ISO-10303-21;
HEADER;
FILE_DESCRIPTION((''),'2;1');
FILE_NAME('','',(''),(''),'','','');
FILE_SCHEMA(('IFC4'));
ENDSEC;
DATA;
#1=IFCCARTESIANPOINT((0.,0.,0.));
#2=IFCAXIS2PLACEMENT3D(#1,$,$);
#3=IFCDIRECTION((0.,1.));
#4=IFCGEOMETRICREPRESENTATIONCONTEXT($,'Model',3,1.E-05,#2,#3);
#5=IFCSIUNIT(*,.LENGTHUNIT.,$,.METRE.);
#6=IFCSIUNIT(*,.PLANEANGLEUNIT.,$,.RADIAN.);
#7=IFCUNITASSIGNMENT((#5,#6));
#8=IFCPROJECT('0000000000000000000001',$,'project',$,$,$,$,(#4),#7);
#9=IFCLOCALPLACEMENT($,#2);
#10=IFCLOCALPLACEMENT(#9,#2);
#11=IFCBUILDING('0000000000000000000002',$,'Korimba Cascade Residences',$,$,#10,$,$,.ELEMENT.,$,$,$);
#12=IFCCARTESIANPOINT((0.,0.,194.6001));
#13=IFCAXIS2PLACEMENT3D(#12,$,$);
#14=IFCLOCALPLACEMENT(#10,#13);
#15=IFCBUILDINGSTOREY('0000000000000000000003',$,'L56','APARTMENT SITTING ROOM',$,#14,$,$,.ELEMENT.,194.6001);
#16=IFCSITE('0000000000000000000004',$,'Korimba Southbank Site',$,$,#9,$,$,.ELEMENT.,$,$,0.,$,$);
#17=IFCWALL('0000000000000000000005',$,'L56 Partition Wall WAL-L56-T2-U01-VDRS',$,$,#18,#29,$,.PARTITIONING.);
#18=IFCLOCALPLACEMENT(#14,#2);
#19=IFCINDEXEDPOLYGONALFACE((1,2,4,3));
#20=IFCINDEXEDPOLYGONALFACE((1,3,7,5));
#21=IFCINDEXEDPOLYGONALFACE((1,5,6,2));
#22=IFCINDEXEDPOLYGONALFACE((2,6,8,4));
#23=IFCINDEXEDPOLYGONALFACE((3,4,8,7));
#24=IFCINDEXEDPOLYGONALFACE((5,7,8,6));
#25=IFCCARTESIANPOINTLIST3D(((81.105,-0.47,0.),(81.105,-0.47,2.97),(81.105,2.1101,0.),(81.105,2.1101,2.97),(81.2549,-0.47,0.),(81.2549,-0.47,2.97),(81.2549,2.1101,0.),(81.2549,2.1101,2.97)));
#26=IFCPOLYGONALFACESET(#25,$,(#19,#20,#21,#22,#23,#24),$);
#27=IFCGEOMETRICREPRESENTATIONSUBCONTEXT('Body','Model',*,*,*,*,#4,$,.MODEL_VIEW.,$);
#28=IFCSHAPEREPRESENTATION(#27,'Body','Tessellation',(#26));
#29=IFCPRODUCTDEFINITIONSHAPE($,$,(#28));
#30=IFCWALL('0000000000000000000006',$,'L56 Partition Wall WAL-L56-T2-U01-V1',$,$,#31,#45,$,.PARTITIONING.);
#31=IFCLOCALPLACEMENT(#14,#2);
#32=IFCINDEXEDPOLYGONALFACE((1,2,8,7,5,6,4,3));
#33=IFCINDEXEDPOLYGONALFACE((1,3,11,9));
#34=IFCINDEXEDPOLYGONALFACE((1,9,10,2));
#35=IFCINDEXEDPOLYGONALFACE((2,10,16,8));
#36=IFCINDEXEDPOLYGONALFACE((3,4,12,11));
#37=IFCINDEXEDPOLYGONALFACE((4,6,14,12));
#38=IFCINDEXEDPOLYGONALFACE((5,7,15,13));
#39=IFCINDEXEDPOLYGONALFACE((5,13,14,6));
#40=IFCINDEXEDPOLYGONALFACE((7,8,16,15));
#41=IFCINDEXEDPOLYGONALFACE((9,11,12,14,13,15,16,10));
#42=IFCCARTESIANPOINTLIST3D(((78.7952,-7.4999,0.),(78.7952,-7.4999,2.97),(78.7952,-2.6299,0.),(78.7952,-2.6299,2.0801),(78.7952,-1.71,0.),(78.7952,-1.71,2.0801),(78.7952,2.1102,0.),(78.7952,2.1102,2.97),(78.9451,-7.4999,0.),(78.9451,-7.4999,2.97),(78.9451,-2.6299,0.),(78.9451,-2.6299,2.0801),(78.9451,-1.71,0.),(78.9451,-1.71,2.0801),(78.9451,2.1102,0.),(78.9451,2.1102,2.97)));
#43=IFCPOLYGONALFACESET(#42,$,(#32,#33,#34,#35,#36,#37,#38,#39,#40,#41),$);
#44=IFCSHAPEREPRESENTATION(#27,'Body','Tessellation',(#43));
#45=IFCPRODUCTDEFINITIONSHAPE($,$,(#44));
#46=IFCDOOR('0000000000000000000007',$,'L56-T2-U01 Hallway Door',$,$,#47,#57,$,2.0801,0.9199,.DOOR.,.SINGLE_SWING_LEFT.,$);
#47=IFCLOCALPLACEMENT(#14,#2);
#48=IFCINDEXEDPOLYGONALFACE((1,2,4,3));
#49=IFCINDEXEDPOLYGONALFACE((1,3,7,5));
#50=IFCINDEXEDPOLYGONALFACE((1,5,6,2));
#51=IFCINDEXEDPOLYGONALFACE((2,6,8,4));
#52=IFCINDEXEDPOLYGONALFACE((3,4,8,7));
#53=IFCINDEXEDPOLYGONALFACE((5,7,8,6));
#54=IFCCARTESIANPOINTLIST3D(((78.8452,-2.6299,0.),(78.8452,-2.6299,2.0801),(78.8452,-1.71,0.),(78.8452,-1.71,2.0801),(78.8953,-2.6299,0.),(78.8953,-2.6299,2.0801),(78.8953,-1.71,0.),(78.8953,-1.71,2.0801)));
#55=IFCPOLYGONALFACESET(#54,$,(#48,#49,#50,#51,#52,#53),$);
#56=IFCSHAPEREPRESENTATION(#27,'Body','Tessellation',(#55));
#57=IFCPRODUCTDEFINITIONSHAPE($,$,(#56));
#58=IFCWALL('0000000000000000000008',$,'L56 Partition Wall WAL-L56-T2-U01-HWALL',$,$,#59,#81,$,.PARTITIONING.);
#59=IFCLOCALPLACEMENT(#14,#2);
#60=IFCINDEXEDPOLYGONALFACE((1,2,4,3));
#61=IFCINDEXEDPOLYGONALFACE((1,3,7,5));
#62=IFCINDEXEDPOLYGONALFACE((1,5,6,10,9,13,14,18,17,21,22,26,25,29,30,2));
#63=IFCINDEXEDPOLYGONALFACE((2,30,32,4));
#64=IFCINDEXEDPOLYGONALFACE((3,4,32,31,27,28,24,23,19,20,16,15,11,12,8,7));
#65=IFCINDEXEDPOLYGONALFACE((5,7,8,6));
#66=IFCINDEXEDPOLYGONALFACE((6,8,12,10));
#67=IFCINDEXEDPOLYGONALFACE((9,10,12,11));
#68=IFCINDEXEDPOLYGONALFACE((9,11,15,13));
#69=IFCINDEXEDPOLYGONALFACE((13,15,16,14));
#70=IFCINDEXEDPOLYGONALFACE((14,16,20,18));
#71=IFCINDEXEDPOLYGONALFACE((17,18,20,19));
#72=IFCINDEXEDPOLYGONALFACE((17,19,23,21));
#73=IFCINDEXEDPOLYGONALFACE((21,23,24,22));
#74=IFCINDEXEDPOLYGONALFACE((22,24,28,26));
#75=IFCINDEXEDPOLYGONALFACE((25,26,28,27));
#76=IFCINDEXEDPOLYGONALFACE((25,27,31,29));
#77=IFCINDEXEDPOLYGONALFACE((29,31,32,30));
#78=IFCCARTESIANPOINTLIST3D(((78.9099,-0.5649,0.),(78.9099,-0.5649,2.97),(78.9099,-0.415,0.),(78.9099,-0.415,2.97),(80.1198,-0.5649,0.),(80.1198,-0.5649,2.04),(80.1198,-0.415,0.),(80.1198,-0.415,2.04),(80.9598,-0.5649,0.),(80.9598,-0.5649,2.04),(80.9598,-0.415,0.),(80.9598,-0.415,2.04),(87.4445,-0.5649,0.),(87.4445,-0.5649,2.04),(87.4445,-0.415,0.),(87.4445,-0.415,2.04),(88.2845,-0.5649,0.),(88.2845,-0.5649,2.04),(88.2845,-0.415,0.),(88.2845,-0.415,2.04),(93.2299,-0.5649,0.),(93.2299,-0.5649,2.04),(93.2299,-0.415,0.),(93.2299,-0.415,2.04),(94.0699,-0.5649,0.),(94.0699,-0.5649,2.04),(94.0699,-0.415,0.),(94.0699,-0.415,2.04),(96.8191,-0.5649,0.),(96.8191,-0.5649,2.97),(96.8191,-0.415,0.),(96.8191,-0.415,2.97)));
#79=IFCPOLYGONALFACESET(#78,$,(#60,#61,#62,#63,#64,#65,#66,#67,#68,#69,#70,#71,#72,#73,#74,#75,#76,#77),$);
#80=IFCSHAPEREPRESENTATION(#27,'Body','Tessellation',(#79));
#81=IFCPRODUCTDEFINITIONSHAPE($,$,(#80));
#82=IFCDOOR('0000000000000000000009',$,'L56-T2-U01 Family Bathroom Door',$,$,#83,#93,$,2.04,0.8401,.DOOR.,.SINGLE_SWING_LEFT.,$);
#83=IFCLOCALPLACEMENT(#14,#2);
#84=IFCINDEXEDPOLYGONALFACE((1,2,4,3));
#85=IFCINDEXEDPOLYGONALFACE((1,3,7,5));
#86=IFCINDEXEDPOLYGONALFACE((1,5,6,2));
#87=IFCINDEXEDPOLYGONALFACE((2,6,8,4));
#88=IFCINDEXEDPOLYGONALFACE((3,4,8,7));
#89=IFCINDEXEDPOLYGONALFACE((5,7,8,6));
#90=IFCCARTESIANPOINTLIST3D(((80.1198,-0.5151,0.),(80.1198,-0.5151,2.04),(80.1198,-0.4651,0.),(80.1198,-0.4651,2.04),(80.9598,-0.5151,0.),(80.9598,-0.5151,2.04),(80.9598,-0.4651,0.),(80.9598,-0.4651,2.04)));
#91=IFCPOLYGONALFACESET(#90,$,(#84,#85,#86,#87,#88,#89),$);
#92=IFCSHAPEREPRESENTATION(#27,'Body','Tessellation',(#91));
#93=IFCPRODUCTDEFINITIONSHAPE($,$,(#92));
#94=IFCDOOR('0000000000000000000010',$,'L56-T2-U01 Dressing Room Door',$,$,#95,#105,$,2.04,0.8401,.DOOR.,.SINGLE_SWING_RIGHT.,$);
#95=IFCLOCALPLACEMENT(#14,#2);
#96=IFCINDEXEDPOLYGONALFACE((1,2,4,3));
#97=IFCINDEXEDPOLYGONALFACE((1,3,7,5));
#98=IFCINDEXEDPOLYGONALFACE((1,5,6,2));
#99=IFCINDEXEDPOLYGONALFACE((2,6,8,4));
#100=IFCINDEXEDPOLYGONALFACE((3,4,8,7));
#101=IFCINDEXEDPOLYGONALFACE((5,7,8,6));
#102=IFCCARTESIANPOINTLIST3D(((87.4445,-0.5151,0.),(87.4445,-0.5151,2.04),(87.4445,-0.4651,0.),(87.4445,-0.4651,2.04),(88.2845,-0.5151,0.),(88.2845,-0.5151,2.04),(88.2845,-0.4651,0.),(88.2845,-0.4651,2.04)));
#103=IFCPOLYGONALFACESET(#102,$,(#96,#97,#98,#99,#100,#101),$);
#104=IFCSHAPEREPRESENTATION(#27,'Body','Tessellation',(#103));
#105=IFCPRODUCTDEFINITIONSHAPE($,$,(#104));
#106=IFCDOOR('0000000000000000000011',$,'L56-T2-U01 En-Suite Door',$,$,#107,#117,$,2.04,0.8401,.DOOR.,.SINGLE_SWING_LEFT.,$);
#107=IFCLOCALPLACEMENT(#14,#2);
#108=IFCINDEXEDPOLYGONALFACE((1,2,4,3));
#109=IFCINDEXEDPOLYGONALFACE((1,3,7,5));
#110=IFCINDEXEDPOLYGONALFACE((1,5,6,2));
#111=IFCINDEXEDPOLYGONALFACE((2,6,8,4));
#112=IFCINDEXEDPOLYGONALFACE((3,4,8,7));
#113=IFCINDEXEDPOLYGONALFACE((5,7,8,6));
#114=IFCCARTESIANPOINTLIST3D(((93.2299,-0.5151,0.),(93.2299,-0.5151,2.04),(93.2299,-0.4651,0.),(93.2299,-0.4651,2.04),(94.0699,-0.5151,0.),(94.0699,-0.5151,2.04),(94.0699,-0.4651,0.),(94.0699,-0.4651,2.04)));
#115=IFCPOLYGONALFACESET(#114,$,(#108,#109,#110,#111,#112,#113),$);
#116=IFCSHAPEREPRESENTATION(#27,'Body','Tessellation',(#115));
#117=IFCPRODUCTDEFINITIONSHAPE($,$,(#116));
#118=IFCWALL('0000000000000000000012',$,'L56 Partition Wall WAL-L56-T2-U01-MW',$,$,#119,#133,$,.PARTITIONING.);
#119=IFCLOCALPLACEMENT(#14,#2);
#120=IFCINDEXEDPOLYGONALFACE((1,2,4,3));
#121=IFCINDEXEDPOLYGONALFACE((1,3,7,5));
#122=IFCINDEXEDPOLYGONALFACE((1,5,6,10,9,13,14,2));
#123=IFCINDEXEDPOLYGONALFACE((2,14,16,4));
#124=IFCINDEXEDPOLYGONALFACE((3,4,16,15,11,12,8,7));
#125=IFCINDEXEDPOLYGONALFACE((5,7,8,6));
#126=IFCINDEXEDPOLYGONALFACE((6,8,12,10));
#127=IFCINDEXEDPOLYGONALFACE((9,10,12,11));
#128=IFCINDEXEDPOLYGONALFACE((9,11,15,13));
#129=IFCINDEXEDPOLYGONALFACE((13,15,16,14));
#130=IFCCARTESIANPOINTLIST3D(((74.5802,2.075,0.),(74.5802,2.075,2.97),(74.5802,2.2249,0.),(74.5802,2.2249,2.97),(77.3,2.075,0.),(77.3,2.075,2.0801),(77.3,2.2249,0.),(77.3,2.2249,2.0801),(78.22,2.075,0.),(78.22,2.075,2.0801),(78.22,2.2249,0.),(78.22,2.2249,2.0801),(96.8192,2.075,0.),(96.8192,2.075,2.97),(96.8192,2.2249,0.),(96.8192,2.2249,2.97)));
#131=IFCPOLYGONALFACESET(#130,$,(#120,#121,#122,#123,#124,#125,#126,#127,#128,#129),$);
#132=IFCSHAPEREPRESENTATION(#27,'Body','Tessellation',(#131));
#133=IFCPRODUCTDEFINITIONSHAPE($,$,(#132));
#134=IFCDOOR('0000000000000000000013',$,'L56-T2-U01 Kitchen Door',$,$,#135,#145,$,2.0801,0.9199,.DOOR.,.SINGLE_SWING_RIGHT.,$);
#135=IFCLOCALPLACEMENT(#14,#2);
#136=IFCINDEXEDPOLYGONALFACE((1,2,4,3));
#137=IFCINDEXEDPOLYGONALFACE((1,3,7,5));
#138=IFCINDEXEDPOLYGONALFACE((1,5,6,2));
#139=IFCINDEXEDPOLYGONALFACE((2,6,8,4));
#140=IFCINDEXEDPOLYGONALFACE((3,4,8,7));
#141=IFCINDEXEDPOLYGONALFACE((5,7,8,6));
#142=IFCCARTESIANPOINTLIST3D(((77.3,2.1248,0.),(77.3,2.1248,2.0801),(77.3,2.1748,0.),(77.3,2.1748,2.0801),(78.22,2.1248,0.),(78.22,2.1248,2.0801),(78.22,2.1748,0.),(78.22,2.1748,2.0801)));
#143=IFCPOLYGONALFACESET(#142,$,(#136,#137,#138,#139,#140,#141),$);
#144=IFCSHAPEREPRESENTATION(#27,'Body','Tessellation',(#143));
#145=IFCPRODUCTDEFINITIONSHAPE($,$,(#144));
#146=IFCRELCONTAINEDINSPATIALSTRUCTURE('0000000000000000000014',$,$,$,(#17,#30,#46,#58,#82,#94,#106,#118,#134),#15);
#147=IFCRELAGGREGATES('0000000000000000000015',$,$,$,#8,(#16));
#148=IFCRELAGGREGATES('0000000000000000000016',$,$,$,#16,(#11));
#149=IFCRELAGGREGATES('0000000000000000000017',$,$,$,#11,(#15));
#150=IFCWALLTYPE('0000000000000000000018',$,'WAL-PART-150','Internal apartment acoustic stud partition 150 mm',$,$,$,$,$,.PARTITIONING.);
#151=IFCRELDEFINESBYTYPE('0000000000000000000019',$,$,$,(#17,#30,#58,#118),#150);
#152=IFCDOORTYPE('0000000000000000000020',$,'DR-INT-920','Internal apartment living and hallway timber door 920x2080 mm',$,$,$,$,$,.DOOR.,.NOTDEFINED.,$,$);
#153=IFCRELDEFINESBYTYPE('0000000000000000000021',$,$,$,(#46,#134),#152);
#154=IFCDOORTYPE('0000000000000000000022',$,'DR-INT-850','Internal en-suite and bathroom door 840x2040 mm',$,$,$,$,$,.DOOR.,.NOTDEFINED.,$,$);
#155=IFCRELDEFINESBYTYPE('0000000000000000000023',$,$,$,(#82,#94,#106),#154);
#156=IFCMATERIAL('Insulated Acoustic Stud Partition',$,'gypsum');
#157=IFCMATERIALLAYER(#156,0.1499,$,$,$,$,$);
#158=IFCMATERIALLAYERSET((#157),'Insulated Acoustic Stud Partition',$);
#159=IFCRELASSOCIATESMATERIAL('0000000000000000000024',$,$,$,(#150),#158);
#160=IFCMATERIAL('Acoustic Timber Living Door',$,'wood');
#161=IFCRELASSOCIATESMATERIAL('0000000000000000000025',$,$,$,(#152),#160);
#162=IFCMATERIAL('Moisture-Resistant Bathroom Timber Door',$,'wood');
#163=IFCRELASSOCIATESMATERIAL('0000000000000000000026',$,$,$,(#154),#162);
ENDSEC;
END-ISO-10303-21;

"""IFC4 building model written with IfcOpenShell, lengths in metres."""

from ifc_helpers import new_model, si_unit, direction, frame, frame_2d, origin, place, context, subcontext, project, spatial, rectangle, extrude, material, layer, layer_set, type_object, element, fill, save


model = new_model("IFC4")

# Units and contexts
model_context = context("Model", 3, precision=1e-05, world=origin(), true_north=direction((0.0, 1.0)))
body_context = subcontext(model_context, "Body", "Model", "MODEL_VIEW")
ifc_project = project(units=[si_unit("LENGTHUNIT", "METRE"), si_unit("PLANEANGLEUNIT", "RADIAN")], contexts=[model_context])

# Site, building, storey
site_placement = place(None, origin())
site = spatial("IfcSite", under=ifc_project, at=site_placement, Name="Korimba Southbank Site", CompositionType="ELEMENT", RefElevation=0.0)
building_placement = place(site_placement, origin())
building = spatial("IfcBuilding", under=site, at=building_placement, Name="Korimba Cascade Residences", CompositionType="ELEMENT")
storey_placement = place(building_placement, frame((0.0, 0.0, 194.6001)))
storey = spatial("IfcBuildingStorey", under=building, at=storey_placement, Name="L56", Description="APARTMENT SITTING ROOM", CompositionType="ELEMENT", Elevation=194.6001)

# Shared definitions
ifc_material_1 = material(Name="Insulated Acoustic Stud Partition", Category="gypsum")
ifc_layer_1 = layer(ifc_material_1, 0.1499)
ifc_layer_set_1 = layer_set([ifc_layer_1], Name="Insulated Acoustic Stud Partition")
wall_type_1 = type_object("IfcWallType", Name="WAL-PART-150", Description="Internal apartment acoustic stud partition 150 mm", PredefinedType="PARTITIONING", material=ifc_layer_set_1)

# Wall
wall_1_placement = place(storey_placement, frame((81.1799, -0.47, 0.0), z_axis=(0.0, 0.0, 1.0), x_axis=(0.0, 1.0, 0.0)))
element("IfcWall", 1, at=wall_1_placement, inside=storey, type_object=wall_type_1, Name="L56 Partition Wall WAL-L56-T2-U01-VDRS", PredefinedType="PARTITIONING", context=body_context, shape_type="SweptSolid", body=[
    extrude(rectangle(XDim=2.5801, YDim=0.1499, at=frame_2d((1.29, 0.0))), origin(), (0.0, 0.0, 1.0), 2.97),
])

# Wall, opening, door
wall_2_placement = place(storey_placement, frame((78.8701, -7.5, 0.0), z_axis=(0.0, 0.0, 1.0), x_axis=(0.0, 1.0, 0.0)))
wall_2 = element("IfcWall", 2, at=wall_2_placement, inside=storey, type_object=wall_type_1, Name="L56 Partition Wall WAL-L56-T2-U01-V1", PredefinedType="PARTITIONING", context=body_context, shape_type="SweptSolid", body=[
    extrude(rectangle(XDim=9.6101, YDim=0.1499, at=frame_2d((4.8052, 0.0))), origin(), (0.0, 0.0, 1.0), 2.97),
])
opening_1_placement = place(wall_2_placement, frame((4.8701, 0.0, 0.0)))
opening_1 = element("IfcOpeningElement", 3, at=opening_1_placement, cuts=wall_2, PredefinedType="OPENING", context=body_context, shape_type="SweptSolid", body=[
    extrude(rectangle(XDim=0.9199, YDim=2.0801, at=frame_2d((0.46, 1.04))), frame((0.0, 0.085, 0.0), z_axis=(0.0, -1.0, 0.0), x_axis=(1.0, 0.0, 0.0)), (0.0, 0.0, 1.0), 0.1699),
])
ifc_material_2 = material(Name="Acoustic Timber Living Door", Category="wood")
door_type_1 = type_object("IfcDoorType", Name="DR-INT-920", Description="Internal apartment living and hallway timber door 920x2080 mm", OperationType="NOTDEFINED", PredefinedType="DOOR", material=ifc_material_2)
door_1_placement = place(opening_1_placement, origin())
door_1 = element("IfcDoor", 4, at=door_1_placement, inside=storey, type_object=door_type_1, Name="L56-T2-U01 Hallway Door", OperationType="SINGLE_SWING_LEFT", OverallHeight=2.0801, OverallWidth=0.9199, PredefinedType="DOOR", context=body_context, shape_type="SweptSolid", body=[
    extrude(rectangle(XDim=0.9199, YDim=2.0801, at=frame_2d((0.46, 1.04))), frame((0.0, 0.0249, 0.0), z_axis=(0.0, -1.0, 0.0), x_axis=(1.0, 0.0, 0.0)), (0.0, 0.0, 1.0), 0.05),
])
fill(opening_1, door_1)

# Wall, openings, doors
wall_3_placement = place(storey_placement, frame((78.9099, -0.49, 0.0), z_axis=(0.0, 0.0, 1.0), x_axis=(1.0, 0.0, 0.0)))
wall_3 = element("IfcWall", 5, at=wall_3_placement, inside=storey, type_object=wall_type_1, Name="L56 Partition Wall WAL-L56-T2-U01-HWALL", PredefinedType="PARTITIONING", context=body_context, shape_type="SweptSolid", body=[
    extrude(rectangle(XDim=17.9092, YDim=0.1499, at=frame_2d((8.9546, 0.0))), origin(), (0.0, 0.0, 1.0), 2.97),
])
opening_2_placement = place(wall_3_placement, frame((1.21, 0.0, 0.0)))
opening_2 = element("IfcOpeningElement", 6, at=opening_2_placement, cuts=wall_3, PredefinedType="OPENING", context=body_context, shape_type="SweptSolid", body=[
    extrude(rectangle(XDim=0.8401, YDim=2.04, at=frame_2d((0.4199, 1.02))), frame((0.0, 0.085, 0.0), z_axis=(0.0, -1.0, 0.0), x_axis=(1.0, 0.0, 0.0)), (0.0, 0.0, 1.0), 0.1699),
])
opening_3_placement = place(wall_3_placement, frame((8.5347, 0.0, 0.0)))
opening_3 = element("IfcOpeningElement", 7, at=opening_3_placement, cuts=wall_3, PredefinedType="OPENING", context=body_context, shape_type="SweptSolid", body=[
    extrude(rectangle(XDim=0.8401, YDim=2.04, at=frame_2d((0.4199, 1.02))), frame((0.0, 0.085, 0.0), z_axis=(0.0, -1.0, 0.0), x_axis=(1.0, 0.0, 0.0)), (0.0, 0.0, 1.0), 0.1699),
])
opening_4_placement = place(wall_3_placement, frame((14.3201, 0.0, 0.0)))
opening_4 = element("IfcOpeningElement", 8, at=opening_4_placement, cuts=wall_3, PredefinedType="OPENING", context=body_context, shape_type="SweptSolid", body=[
    extrude(rectangle(XDim=0.8401, YDim=2.04, at=frame_2d((0.4199, 1.02))), frame((0.0, 0.085, 0.0), z_axis=(0.0, -1.0, 0.0), x_axis=(1.0, 0.0, 0.0)), (0.0, 0.0, 1.0), 0.1699),
])
ifc_material_3 = material(Name="Moisture-Resistant Bathroom Timber Door", Category="wood")
door_type_2 = type_object("IfcDoorType", Name="DR-INT-850", Description="Internal en-suite and bathroom door 840x2040 mm", OperationType="NOTDEFINED", PredefinedType="DOOR", material=ifc_material_3)
door_2_placement = place(opening_2_placement, origin())
door_2 = element("IfcDoor", 9, at=door_2_placement, inside=storey, type_object=door_type_2, Name="L56-T2-U01 Family Bathroom Door", OperationType="SINGLE_SWING_LEFT", OverallHeight=2.04, OverallWidth=0.8401, PredefinedType="DOOR", context=body_context, shape_type="SweptSolid", body=[
    extrude(rectangle(XDim=0.8401, YDim=2.04, at=frame_2d((0.4199, 1.02))), frame((0.0, 0.0249, 0.0), z_axis=(0.0, -1.0, 0.0), x_axis=(1.0, 0.0, 0.0)), (0.0, 0.0, 1.0), 0.05),
])
fill(opening_2, door_2)
door_3_placement = place(opening_3_placement, origin())
door_3 = element("IfcDoor", 10, at=door_3_placement, inside=storey, type_object=door_type_2, Name="L56-T2-U01 Dressing Room Door", OperationType="SINGLE_SWING_RIGHT", OverallHeight=2.04, OverallWidth=0.8401, PredefinedType="DOOR", context=body_context, shape_type="SweptSolid", body=[
    extrude(rectangle(XDim=0.8401, YDim=2.04, at=frame_2d((0.4199, 1.02))), frame((0.0, 0.0249, 0.0), z_axis=(0.0, -1.0, 0.0), x_axis=(1.0, 0.0, 0.0)), (0.0, 0.0, 1.0), 0.05),
])
fill(opening_3, door_3)
door_4_placement = place(opening_4_placement, origin())
door_4 = element("IfcDoor", 11, at=door_4_placement, inside=storey, type_object=door_type_2, Name="L56-T2-U01 En-Suite Door", OperationType="SINGLE_SWING_LEFT", OverallHeight=2.04, OverallWidth=0.8401, PredefinedType="DOOR", context=body_context, shape_type="SweptSolid", body=[
    extrude(rectangle(XDim=0.8401, YDim=2.04, at=frame_2d((0.4199, 1.02))), frame((0.0, 0.0249, 0.0), z_axis=(0.0, -1.0, 0.0), x_axis=(1.0, 0.0, 0.0)), (0.0, 0.0, 1.0), 0.05),
])
fill(opening_4, door_4)

# Wall, opening, door
wall_4_placement = place(storey_placement, frame((74.5801, 2.1499, 0.0), z_axis=(0.0, 0.0, 1.0), x_axis=(1.0, 0.0, 0.0)))
wall_4 = element("IfcWall", 12, at=wall_4_placement, inside=storey, type_object=wall_type_1, Name="L56 Partition Wall WAL-L56-T2-U01-MW", PredefinedType="PARTITIONING", context=body_context, shape_type="SweptSolid", body=[
    extrude(rectangle(XDim=22.239, YDim=0.1499, at=frame_2d((11.1196, 0.0))), origin(), (0.0, 0.0, 1.0), 2.97),
])
opening_5_placement = place(wall_4_placement, frame((2.72, 0.0, 0.0)))
opening_5 = element("IfcOpeningElement", 13, at=opening_5_placement, cuts=wall_4, PredefinedType="OPENING", context=body_context, shape_type="SweptSolid", body=[
    extrude(rectangle(XDim=0.9199, YDim=2.0801, at=frame_2d((0.46, 1.04))), frame((0.0, 0.085, 0.0), z_axis=(0.0, -1.0, 0.0), x_axis=(1.0, 0.0, 0.0)), (0.0, 0.0, 1.0), 0.1699),
])
door_5_placement = place(opening_5_placement, origin())
door_5 = element("IfcDoor", 14, at=door_5_placement, inside=storey, type_object=door_type_1, Name="L56-T2-U01 Kitchen Door", OperationType="SINGLE_SWING_RIGHT", OverallHeight=2.0801, OverallWidth=0.9199, PredefinedType="DOOR", context=body_context, shape_type="SweptSolid", body=[
    extrude(rectangle(XDim=0.9199, YDim=2.0801, at=frame_2d((0.46, 1.04))), frame((0.0, 0.0249, 0.0), z_axis=(0.0, -1.0, 0.0), x_axis=(1.0, 0.0, 0.0)), (0.0, 0.0, 1.0), 0.05),
])
fill(opening_5, door_5)

save(model, "model.ifc")
